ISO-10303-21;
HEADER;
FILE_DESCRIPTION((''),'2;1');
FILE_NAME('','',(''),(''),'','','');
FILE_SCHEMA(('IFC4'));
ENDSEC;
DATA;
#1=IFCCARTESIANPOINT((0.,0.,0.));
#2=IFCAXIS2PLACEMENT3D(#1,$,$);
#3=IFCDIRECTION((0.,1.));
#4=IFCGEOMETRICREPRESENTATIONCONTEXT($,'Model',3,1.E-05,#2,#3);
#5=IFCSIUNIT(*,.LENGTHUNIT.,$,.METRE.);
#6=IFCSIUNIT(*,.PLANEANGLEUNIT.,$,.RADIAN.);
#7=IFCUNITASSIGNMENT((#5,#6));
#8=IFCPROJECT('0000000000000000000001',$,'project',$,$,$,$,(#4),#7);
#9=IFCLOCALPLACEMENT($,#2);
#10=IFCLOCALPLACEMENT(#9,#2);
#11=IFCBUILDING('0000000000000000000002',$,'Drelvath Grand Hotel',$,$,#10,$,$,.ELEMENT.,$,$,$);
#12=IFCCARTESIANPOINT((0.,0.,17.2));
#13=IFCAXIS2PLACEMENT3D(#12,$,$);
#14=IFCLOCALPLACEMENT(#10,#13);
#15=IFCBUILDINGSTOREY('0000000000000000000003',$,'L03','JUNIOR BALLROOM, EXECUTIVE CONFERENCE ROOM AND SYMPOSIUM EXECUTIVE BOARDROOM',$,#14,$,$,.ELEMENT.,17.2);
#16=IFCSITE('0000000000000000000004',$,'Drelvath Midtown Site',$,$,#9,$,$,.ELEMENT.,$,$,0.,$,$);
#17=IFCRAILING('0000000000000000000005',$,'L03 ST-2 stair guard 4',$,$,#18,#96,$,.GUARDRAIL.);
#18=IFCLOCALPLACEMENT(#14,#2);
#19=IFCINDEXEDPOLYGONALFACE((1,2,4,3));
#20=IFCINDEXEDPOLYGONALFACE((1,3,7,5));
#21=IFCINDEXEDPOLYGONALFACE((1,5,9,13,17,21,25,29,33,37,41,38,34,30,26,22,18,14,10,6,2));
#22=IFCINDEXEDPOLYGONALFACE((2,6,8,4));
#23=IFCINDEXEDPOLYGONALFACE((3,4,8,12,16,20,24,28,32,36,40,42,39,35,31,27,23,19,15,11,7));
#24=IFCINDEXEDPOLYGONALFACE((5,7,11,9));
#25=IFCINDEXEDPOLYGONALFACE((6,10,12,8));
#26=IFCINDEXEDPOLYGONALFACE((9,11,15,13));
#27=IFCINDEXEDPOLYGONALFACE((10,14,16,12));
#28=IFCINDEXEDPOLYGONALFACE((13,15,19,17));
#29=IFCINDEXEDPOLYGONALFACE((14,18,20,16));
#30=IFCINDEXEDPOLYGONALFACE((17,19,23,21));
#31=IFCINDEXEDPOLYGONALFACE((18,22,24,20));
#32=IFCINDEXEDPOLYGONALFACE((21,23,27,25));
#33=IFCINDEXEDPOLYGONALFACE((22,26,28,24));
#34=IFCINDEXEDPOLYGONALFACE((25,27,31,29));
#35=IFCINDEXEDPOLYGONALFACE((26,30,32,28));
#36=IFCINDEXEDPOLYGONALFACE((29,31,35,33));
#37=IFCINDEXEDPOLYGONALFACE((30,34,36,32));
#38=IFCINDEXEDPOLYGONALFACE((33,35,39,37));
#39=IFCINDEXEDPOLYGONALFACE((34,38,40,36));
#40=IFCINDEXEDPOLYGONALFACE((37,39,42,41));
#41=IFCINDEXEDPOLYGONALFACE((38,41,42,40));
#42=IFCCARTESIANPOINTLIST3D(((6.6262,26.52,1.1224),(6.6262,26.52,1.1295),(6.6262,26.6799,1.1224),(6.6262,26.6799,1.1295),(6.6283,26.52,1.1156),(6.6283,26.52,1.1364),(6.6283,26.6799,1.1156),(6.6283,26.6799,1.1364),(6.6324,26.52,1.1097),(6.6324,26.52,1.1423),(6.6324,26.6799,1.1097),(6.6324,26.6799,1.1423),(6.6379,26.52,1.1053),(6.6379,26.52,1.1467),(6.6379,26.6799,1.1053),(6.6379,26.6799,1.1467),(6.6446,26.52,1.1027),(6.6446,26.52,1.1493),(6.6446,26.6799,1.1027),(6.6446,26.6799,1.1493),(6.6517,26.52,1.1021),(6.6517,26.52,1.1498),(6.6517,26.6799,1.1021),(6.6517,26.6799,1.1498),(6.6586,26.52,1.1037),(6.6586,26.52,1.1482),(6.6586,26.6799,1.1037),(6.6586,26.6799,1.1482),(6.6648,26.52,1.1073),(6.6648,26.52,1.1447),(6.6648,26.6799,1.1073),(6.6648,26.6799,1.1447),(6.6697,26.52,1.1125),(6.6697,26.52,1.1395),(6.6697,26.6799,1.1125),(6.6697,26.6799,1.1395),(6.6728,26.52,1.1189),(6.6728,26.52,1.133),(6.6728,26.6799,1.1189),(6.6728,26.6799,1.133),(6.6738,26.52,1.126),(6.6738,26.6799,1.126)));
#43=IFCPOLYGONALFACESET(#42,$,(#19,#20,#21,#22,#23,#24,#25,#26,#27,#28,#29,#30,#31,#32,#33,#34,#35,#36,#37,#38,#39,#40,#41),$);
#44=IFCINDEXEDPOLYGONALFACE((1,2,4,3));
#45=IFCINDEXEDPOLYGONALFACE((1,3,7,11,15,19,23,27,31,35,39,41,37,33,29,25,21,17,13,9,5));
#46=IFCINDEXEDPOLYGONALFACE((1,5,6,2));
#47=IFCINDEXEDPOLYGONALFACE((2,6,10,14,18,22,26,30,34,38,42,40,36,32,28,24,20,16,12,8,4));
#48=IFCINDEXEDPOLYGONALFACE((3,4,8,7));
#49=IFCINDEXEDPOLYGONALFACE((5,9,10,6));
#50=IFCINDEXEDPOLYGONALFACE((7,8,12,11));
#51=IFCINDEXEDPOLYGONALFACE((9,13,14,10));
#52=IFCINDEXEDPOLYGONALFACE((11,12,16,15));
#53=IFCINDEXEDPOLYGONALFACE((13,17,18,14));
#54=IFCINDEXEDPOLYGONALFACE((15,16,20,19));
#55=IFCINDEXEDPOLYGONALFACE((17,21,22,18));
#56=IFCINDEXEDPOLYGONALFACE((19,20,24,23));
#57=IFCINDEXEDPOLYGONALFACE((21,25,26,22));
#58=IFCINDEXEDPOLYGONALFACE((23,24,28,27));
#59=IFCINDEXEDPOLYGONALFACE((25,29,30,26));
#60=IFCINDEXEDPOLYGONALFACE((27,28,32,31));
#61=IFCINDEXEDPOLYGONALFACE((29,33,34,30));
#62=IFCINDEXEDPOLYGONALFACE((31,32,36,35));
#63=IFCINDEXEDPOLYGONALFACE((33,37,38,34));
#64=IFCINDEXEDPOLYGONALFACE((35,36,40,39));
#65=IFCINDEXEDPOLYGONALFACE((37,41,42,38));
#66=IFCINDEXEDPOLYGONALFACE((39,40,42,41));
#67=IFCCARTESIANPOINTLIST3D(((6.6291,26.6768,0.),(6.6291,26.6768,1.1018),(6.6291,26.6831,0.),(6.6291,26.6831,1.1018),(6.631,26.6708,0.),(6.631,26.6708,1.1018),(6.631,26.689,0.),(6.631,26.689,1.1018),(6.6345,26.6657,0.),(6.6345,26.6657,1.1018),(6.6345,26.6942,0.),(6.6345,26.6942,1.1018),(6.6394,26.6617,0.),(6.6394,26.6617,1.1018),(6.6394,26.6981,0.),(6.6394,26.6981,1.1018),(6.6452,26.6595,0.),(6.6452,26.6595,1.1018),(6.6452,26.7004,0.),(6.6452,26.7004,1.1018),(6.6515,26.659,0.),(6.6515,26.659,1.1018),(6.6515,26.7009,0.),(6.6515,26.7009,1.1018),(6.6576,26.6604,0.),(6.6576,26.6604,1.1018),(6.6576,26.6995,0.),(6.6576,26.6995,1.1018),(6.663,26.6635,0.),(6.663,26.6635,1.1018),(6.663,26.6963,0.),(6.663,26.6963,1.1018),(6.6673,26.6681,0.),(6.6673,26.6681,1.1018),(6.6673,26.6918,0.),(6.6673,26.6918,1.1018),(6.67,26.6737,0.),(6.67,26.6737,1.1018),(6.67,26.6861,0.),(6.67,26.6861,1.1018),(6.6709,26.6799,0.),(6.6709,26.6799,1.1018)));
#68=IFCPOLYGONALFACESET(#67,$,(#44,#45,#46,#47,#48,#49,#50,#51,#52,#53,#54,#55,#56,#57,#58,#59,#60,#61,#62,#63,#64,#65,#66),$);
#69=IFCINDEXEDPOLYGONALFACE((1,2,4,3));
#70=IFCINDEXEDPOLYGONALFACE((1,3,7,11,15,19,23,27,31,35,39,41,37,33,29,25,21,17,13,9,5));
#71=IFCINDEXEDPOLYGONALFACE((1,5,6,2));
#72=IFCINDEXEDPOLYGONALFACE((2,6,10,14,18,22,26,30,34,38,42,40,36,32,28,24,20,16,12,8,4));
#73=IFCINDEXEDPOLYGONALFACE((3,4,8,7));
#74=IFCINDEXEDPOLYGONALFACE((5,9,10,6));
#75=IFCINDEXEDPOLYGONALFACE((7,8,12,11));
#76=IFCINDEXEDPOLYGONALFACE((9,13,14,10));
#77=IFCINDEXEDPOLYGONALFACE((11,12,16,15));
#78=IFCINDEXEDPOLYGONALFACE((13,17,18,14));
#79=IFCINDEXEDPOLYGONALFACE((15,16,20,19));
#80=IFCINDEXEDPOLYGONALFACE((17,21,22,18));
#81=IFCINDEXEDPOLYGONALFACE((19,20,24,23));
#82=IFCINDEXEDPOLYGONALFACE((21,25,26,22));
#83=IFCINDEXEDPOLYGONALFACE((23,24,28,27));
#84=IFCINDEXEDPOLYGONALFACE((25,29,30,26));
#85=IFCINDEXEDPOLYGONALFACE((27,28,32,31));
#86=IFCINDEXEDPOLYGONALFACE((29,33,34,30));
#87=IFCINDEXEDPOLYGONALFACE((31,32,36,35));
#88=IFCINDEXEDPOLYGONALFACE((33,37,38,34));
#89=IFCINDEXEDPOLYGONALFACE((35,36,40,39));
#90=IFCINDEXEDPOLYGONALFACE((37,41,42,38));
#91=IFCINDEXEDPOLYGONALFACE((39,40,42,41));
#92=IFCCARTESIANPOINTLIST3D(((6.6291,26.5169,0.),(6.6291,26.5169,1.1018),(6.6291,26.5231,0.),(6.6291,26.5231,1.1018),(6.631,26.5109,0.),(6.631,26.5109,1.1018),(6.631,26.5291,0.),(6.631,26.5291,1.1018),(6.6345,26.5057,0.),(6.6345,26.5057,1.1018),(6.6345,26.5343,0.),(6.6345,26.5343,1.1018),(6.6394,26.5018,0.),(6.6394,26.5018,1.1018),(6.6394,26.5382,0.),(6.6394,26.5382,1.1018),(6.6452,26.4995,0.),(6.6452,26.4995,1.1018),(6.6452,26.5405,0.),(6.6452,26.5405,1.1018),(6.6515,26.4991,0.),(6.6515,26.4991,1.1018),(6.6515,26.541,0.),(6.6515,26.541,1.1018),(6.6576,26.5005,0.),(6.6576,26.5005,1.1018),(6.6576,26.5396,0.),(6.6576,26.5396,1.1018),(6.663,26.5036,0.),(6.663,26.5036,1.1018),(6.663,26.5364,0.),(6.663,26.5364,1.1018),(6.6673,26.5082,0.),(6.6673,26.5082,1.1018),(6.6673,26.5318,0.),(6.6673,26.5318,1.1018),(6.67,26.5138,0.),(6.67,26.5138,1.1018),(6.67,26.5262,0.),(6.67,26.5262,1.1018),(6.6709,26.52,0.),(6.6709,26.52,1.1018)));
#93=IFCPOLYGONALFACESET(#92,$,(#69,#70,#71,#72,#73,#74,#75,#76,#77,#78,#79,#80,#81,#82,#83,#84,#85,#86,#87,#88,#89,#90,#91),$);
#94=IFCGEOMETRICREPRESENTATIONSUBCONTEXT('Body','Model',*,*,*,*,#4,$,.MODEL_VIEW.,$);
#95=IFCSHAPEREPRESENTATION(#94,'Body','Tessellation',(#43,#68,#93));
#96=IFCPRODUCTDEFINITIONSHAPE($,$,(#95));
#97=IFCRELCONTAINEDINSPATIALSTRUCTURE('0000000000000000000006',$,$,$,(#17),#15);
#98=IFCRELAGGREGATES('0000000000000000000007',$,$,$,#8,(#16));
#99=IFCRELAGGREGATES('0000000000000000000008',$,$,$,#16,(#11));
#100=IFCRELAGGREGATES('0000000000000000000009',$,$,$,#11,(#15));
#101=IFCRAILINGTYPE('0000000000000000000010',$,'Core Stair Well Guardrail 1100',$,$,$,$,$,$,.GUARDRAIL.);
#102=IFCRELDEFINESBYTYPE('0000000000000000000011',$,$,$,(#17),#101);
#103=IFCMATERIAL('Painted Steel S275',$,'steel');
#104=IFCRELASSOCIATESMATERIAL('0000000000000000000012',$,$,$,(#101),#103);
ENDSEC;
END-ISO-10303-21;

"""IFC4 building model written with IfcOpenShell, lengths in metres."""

from ifc_helpers import new_model, si_unit, direction, frame, origin, origin_2d, place, context, subcontext, project, spatial, circle, extrude, material, type_object, element, save


model = new_model("IFC4")

# Units and contexts
model_context = context("Model", 3, precision=1e-05, world=origin(), true_north=direction((0.0, 1.0)))
body_context = subcontext(model_context, "Body", "Model", "MODEL_VIEW")
ifc_project = project(units=[si_unit("LENGTHUNIT", "METRE"), si_unit("PLANEANGLEUNIT", "RADIAN")], contexts=[model_context])

# Site, building, storey
site_placement = place(None, origin())
site = spatial("IfcSite", under=ifc_project, at=site_placement, Name="Drelvath Midtown Site", CompositionType="ELEMENT", RefElevation=0.0)
building_placement = place(site_placement, origin())
building = spatial("IfcBuilding", under=site, at=building_placement, Name="Drelvath Grand Hotel", CompositionType="ELEMENT")
storey_placement = place(building_placement, frame((0.0, 0.0, 17.2)))
storey = spatial("IfcBuildingStorey", under=building, at=storey_placement, Name="L03", Description="JUNIOR BALLROOM, EXECUTIVE CONFERENCE ROOM AND SYMPOSIUM EXECUTIVE BOARDROOM", CompositionType="ELEMENT", Elevation=17.2)

# Shared definitions
ifc_material_1 = material(Name="Painted Steel S275", Category="steel")

# Railing
railing_type_1 = type_object("IfcRailingType", Name="Core Stair Well Guardrail 1100", PredefinedType="GUARDRAIL", material=ifc_material_1)
railing_1_placement = place(storey_placement, frame((6.6499, 26.6799, 0.0)))
element("IfcRailing", 1, at=railing_1_placement, inside=storey, type_object=railing_type_1, Name="L03 ST-2 stair guard 4", PredefinedType="GUARDRAIL", context=body_context, shape_type="SweptSolid", body=[
    extrude(circle(Radius=0.0239, at=origin_2d()), frame((0.0, 0.0, 1.126), z_axis=(0.0, -1.0, 0.0), x_axis=(1.0, 0.0, 0.0)), (0.0, 0.0, 1.0), 0.1599),
    extrude(circle(Radius=0.021, at=origin_2d()), origin(), (0.0, 0.0, 1.0), 1.1018),
    extrude(circle(Radius=0.021, at=origin_2d()), frame((0.0, -0.1599, 0.0)), (0.0, 0.0, 1.0), 1.1018),
])

save(model, "model.ifc")
